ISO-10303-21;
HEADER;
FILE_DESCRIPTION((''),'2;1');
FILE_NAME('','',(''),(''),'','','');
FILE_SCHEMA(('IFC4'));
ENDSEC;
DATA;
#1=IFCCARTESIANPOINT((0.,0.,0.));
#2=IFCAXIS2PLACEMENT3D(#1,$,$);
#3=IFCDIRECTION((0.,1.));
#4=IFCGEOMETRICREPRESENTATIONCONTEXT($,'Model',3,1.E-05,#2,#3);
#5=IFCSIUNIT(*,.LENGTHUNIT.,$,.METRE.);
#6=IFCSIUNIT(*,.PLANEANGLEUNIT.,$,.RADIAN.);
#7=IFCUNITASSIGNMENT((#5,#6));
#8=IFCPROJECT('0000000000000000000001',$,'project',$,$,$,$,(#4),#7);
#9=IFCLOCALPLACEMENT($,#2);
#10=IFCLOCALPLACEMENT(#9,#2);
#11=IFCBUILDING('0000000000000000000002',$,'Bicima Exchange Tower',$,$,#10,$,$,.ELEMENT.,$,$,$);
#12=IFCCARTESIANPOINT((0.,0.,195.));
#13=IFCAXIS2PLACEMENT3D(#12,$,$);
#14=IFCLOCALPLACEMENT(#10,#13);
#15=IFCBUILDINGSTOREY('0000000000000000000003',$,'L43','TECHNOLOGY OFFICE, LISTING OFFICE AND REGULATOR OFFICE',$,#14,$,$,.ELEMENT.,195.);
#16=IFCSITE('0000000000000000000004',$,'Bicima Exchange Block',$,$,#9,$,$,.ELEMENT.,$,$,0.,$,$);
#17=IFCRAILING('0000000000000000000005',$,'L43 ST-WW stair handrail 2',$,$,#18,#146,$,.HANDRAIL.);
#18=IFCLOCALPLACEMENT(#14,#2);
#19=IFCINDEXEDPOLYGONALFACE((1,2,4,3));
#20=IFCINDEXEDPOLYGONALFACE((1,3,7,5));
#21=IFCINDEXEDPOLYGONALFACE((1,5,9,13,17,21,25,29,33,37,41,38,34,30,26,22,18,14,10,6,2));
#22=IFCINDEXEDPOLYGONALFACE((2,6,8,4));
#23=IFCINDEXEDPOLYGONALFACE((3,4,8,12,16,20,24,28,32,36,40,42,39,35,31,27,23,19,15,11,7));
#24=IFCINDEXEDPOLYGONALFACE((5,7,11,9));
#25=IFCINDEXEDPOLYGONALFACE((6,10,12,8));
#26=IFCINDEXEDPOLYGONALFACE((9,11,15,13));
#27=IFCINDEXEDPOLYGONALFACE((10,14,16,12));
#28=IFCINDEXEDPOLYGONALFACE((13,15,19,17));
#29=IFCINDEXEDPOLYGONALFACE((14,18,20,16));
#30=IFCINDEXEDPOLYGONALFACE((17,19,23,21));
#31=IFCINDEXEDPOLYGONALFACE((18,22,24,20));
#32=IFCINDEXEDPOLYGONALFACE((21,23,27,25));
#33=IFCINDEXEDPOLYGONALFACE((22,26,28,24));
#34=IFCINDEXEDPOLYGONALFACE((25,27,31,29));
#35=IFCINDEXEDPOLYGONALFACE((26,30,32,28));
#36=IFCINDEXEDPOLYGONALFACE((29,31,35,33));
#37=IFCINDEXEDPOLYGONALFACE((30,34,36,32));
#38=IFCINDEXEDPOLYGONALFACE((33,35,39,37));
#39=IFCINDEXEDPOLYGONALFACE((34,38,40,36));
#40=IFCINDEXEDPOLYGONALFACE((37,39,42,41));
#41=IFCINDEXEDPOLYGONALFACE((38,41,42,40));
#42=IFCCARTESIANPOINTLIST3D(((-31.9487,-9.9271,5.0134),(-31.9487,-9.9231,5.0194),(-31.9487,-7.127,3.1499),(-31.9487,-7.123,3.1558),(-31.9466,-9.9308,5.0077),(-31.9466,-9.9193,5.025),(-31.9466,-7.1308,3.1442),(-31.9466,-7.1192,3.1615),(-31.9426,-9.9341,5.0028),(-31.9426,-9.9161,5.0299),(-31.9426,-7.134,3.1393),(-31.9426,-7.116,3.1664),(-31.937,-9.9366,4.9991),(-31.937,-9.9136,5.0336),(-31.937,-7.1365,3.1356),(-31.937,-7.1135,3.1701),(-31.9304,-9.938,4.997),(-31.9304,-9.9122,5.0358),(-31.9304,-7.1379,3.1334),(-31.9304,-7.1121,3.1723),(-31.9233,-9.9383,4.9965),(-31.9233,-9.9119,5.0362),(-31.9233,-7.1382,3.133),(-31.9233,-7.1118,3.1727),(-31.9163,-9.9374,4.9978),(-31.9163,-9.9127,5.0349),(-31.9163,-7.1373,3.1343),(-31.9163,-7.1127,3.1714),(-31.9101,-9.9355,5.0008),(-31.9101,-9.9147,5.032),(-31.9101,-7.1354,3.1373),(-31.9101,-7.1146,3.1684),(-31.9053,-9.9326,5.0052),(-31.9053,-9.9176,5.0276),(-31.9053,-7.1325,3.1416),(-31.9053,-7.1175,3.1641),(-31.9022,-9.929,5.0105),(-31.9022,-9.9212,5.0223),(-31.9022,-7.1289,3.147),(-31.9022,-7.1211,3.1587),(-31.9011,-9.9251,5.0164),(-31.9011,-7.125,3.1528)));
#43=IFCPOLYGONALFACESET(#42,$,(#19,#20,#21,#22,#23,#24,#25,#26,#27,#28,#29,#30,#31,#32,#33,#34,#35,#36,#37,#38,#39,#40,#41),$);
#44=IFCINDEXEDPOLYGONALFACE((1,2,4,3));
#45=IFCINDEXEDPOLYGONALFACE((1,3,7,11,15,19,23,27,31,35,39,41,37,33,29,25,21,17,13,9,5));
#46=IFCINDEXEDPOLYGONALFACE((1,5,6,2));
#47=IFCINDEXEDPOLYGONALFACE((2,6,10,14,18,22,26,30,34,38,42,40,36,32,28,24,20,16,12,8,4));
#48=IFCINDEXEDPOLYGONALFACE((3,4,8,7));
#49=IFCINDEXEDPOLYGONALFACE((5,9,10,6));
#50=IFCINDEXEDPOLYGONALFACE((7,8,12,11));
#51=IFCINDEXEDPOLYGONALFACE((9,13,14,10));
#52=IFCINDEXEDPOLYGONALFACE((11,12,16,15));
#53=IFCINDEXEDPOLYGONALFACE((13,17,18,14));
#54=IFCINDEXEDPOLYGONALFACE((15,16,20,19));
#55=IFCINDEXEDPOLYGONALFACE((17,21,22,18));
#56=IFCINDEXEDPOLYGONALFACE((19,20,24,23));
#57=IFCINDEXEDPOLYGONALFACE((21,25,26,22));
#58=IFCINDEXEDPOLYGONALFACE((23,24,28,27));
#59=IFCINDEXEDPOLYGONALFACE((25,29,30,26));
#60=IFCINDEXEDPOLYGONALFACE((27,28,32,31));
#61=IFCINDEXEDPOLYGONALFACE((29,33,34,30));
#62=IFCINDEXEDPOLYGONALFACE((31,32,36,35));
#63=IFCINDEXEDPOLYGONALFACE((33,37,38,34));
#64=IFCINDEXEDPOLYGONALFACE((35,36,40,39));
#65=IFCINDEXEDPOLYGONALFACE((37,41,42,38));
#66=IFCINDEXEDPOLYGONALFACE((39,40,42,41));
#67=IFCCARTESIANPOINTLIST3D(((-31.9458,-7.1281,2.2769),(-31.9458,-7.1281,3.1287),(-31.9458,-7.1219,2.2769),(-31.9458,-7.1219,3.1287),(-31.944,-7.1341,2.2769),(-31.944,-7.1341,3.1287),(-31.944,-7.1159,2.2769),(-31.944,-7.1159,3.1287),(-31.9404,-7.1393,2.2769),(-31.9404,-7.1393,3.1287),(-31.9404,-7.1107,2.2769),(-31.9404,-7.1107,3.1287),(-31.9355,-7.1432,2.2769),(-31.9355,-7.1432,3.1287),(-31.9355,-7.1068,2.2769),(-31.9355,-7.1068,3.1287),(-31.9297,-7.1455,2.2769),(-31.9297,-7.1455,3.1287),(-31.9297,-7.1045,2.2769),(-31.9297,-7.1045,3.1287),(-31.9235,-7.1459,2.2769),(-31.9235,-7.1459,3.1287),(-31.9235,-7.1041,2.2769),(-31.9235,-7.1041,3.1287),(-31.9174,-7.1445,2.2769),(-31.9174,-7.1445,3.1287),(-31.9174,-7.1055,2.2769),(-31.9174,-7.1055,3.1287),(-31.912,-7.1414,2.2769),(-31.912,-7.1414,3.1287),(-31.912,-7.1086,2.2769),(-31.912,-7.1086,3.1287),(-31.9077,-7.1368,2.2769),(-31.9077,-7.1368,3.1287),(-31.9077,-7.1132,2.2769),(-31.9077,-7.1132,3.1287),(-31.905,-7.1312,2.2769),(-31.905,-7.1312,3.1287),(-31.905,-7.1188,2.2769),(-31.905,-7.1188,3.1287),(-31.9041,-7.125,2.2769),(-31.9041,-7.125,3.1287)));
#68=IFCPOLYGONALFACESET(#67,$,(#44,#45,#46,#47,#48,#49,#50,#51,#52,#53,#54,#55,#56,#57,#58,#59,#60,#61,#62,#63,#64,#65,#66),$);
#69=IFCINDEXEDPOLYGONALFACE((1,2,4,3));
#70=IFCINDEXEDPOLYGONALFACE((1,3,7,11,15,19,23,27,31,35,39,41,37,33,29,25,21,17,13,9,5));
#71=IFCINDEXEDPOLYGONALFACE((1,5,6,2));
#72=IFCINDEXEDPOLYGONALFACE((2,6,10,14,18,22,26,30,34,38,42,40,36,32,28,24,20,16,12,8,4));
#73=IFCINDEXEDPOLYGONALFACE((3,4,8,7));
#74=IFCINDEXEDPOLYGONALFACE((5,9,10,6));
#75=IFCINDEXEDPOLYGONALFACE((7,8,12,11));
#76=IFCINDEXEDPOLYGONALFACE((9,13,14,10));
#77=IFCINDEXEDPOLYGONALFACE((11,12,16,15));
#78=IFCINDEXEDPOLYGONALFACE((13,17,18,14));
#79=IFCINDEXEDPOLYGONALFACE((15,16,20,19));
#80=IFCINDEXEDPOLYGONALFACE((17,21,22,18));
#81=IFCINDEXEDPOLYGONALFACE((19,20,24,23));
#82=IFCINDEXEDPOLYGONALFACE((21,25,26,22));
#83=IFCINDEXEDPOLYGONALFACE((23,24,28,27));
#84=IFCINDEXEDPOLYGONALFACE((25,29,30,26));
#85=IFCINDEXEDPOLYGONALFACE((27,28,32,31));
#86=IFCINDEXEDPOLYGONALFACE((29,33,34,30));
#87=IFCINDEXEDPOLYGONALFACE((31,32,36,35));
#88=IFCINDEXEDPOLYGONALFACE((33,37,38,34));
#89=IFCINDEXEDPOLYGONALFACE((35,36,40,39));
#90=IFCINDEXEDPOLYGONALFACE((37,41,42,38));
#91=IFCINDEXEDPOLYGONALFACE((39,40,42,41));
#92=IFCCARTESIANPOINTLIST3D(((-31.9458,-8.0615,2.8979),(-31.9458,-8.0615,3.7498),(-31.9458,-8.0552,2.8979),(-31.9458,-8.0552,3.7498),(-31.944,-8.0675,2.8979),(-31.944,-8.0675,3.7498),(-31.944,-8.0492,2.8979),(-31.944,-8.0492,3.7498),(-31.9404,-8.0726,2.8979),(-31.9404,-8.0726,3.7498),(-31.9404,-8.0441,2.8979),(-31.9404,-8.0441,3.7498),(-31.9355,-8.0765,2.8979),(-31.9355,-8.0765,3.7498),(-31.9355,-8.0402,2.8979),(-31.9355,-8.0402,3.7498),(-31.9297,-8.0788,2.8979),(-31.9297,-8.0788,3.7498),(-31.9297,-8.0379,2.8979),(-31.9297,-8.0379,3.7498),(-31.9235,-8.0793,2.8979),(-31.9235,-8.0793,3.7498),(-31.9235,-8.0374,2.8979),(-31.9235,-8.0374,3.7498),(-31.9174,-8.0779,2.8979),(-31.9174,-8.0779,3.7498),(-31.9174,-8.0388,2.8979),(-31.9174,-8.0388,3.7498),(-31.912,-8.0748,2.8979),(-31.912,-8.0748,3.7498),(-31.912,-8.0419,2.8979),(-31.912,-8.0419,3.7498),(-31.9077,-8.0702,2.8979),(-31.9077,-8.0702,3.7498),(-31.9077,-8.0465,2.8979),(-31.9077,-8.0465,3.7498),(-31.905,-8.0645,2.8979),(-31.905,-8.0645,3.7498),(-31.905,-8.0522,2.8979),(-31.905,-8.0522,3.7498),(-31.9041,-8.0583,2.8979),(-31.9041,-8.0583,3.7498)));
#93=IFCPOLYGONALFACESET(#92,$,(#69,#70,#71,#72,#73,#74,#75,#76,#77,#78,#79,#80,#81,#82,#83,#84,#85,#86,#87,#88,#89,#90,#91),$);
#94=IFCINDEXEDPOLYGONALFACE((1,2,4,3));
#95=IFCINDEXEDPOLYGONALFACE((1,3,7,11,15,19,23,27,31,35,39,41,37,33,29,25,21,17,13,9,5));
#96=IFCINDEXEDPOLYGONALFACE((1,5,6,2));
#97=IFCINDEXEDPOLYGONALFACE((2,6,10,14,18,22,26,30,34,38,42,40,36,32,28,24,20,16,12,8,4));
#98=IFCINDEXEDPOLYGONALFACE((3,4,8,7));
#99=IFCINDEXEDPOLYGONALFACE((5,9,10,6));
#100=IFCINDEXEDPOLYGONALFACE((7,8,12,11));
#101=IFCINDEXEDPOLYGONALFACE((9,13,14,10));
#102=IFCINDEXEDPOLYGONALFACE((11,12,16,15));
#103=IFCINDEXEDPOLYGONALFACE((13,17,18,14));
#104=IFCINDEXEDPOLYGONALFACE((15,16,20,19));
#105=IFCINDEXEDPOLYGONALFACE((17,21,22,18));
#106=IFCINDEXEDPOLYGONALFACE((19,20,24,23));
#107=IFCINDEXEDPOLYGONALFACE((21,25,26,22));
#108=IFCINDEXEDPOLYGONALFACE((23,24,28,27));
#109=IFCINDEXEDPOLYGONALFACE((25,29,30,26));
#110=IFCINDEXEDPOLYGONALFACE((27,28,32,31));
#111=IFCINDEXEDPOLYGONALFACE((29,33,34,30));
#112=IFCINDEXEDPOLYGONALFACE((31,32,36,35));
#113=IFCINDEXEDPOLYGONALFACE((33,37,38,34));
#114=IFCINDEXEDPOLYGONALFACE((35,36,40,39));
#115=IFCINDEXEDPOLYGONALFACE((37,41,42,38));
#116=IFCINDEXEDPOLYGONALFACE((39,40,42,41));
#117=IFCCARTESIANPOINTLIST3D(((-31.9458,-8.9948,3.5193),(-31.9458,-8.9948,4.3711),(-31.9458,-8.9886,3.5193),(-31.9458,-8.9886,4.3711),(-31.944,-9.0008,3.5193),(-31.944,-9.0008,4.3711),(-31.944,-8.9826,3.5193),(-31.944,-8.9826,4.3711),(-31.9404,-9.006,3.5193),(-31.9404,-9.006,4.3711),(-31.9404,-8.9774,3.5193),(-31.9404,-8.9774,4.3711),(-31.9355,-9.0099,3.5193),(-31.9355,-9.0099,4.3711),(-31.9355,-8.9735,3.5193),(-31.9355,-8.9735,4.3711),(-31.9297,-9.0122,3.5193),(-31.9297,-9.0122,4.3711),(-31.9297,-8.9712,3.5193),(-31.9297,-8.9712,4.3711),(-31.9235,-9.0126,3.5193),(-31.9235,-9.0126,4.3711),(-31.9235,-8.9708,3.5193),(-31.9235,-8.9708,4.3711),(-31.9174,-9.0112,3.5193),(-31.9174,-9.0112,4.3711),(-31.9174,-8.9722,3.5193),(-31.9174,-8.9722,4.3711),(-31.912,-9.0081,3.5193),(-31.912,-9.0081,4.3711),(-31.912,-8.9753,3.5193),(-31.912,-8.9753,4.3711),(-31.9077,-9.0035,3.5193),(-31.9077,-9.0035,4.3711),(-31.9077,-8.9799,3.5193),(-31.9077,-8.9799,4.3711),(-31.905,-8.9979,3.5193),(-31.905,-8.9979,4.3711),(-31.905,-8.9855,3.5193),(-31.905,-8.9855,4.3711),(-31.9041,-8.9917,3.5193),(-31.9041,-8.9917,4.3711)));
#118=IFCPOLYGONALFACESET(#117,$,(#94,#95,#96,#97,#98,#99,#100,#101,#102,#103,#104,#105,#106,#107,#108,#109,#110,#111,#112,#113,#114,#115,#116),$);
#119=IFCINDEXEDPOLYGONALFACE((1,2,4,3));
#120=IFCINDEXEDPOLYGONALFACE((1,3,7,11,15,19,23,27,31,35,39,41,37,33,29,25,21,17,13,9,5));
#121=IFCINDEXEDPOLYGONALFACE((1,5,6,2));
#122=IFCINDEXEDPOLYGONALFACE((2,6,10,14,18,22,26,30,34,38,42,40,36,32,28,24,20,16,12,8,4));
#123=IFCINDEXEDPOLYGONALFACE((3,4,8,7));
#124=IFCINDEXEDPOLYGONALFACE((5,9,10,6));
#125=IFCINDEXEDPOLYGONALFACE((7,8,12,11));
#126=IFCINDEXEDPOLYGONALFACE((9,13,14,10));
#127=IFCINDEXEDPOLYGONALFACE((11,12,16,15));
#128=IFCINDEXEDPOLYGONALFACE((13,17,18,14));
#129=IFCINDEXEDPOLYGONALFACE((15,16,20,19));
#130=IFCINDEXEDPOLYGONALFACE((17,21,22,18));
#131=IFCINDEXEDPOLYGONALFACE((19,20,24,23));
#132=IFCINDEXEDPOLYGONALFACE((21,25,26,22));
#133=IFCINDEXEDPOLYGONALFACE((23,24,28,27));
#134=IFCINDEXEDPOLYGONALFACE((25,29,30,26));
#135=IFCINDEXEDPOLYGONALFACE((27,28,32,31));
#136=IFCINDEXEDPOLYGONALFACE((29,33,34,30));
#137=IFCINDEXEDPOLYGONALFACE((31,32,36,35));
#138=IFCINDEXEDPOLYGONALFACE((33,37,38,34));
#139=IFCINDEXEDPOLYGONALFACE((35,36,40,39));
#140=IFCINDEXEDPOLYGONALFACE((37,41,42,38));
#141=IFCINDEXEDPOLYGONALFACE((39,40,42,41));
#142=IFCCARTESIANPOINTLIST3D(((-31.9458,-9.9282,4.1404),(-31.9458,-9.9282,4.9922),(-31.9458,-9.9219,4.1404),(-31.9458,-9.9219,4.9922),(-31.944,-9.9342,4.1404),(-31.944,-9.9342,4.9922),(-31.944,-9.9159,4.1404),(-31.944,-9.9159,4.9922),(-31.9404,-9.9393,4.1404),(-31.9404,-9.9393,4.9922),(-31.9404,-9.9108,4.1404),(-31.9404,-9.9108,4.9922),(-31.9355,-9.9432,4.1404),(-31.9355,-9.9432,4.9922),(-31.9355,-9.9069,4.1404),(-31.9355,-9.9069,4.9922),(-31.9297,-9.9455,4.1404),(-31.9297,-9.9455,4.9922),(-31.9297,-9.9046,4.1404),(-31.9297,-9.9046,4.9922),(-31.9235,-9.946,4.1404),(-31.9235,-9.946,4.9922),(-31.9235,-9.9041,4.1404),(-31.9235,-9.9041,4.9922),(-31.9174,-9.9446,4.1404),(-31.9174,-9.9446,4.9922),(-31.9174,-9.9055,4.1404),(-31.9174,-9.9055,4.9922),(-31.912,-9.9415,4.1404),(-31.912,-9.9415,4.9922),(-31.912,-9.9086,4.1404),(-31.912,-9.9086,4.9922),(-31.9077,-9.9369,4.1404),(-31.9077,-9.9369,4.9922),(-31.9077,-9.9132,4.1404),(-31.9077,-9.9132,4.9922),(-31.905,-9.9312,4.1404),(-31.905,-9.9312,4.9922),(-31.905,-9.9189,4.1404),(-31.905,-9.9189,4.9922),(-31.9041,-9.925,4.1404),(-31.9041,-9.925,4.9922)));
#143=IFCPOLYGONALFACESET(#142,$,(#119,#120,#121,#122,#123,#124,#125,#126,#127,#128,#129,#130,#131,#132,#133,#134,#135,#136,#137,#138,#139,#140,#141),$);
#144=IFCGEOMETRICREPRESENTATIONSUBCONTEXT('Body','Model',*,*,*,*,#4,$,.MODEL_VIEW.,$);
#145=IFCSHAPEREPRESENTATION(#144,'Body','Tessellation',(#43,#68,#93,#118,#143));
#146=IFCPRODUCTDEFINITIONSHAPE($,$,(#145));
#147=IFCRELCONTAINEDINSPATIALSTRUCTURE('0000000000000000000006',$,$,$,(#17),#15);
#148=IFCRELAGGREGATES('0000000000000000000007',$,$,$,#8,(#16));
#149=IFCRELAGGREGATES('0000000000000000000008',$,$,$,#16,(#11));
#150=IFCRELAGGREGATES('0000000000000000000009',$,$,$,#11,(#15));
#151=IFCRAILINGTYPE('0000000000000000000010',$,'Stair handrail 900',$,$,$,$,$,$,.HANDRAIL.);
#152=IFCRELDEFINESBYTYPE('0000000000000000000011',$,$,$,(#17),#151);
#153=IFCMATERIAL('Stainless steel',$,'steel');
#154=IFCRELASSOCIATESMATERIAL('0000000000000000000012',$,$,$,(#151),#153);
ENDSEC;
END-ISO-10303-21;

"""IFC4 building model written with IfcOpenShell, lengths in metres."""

from ifc_helpers import new_model, si_unit, direction, frame, origin, origin_2d, place, context, subcontext, project, spatial, circle, extrude, material, type_object, element, save


model = new_model("IFC4")

# Units and contexts
model_context = context("Model", 3, precision=1e-05, world=origin(), true_north=direction((0.0, 1.0)))
body_context = subcontext(model_context, "Body", "Model", "MODEL_VIEW")
ifc_project = project(units=[si_unit("LENGTHUNIT", "METRE"), si_unit("PLANEANGLEUNIT", "RADIAN")], contexts=[model_context])

# Site, building, storey
site_placement = place(None, origin())
site = spatial("IfcSite", under=ifc_project, at=site_placement, Name="Bicima Exchange Block", CompositionType="ELEMENT", RefElevation=0.0)
building_placement = place(site_placement, origin())
building = spatial("IfcBuilding", under=site, at=building_placement, Name="Bicima Exchange Tower", CompositionType="ELEMENT")
storey_placement = place(building_placement, frame((0.0, 0.0, 195.0)))
storey = spatial("IfcBuildingStorey", under=building, at=storey_placement, Name="L43", Description="TECHNOLOGY OFFICE, LISTING OFFICE AND REGULATOR OFFICE", CompositionType="ELEMENT", Elevation=195.0)

# Railing
ifc_material_1 = material(Name="Stainless steel", Category="steel")
railing_type_1 = type_object("IfcRailingType", Name="Stair handrail 900", PredefinedType="HANDRAIL", material=ifc_material_1)
railing_1_placement = place(storey_placement, frame((-31.925, -7.125, 2.2769)))
element("IfcRailing", 1, at=railing_1_placement, inside=storey, type_object=railing_type_1, Name="L43 ST-WW stair handrail 2", PredefinedType="HANDRAIL", context=body_context, shape_type="SweptSolid", body=[
    extrude(circle(Radius=0.0239, at=origin_2d()), frame((0.0, 0.0, 0.876), z_axis=(0.0, -0.832486, 0.554047), x_axis=(1.0, 0.0, 0.0)), (0.0, 0.0, 1.0), 3.3635),
    extrude(circle(Radius=0.021, at=origin_2d()), origin(), (0.0, 0.0, 1.0), 0.8518),
    extrude(circle(Radius=0.021, at=origin_2d()), frame((0.0, -0.9333, 0.6211)), (0.0, 0.0, 1.0), 0.8518),
    extrude(circle(Radius=0.021, at=origin_2d()), frame((0.0, -1.8667, 1.2424)), (0.0, 0.0, 1.0), 0.8518),
    extrude(circle(Radius=0.021, at=origin_2d()), frame((0.0, -2.8, 1.8635)), (0.0, 0.0, 1.0), 0.8518),
])

save(model, "model.ifc")
